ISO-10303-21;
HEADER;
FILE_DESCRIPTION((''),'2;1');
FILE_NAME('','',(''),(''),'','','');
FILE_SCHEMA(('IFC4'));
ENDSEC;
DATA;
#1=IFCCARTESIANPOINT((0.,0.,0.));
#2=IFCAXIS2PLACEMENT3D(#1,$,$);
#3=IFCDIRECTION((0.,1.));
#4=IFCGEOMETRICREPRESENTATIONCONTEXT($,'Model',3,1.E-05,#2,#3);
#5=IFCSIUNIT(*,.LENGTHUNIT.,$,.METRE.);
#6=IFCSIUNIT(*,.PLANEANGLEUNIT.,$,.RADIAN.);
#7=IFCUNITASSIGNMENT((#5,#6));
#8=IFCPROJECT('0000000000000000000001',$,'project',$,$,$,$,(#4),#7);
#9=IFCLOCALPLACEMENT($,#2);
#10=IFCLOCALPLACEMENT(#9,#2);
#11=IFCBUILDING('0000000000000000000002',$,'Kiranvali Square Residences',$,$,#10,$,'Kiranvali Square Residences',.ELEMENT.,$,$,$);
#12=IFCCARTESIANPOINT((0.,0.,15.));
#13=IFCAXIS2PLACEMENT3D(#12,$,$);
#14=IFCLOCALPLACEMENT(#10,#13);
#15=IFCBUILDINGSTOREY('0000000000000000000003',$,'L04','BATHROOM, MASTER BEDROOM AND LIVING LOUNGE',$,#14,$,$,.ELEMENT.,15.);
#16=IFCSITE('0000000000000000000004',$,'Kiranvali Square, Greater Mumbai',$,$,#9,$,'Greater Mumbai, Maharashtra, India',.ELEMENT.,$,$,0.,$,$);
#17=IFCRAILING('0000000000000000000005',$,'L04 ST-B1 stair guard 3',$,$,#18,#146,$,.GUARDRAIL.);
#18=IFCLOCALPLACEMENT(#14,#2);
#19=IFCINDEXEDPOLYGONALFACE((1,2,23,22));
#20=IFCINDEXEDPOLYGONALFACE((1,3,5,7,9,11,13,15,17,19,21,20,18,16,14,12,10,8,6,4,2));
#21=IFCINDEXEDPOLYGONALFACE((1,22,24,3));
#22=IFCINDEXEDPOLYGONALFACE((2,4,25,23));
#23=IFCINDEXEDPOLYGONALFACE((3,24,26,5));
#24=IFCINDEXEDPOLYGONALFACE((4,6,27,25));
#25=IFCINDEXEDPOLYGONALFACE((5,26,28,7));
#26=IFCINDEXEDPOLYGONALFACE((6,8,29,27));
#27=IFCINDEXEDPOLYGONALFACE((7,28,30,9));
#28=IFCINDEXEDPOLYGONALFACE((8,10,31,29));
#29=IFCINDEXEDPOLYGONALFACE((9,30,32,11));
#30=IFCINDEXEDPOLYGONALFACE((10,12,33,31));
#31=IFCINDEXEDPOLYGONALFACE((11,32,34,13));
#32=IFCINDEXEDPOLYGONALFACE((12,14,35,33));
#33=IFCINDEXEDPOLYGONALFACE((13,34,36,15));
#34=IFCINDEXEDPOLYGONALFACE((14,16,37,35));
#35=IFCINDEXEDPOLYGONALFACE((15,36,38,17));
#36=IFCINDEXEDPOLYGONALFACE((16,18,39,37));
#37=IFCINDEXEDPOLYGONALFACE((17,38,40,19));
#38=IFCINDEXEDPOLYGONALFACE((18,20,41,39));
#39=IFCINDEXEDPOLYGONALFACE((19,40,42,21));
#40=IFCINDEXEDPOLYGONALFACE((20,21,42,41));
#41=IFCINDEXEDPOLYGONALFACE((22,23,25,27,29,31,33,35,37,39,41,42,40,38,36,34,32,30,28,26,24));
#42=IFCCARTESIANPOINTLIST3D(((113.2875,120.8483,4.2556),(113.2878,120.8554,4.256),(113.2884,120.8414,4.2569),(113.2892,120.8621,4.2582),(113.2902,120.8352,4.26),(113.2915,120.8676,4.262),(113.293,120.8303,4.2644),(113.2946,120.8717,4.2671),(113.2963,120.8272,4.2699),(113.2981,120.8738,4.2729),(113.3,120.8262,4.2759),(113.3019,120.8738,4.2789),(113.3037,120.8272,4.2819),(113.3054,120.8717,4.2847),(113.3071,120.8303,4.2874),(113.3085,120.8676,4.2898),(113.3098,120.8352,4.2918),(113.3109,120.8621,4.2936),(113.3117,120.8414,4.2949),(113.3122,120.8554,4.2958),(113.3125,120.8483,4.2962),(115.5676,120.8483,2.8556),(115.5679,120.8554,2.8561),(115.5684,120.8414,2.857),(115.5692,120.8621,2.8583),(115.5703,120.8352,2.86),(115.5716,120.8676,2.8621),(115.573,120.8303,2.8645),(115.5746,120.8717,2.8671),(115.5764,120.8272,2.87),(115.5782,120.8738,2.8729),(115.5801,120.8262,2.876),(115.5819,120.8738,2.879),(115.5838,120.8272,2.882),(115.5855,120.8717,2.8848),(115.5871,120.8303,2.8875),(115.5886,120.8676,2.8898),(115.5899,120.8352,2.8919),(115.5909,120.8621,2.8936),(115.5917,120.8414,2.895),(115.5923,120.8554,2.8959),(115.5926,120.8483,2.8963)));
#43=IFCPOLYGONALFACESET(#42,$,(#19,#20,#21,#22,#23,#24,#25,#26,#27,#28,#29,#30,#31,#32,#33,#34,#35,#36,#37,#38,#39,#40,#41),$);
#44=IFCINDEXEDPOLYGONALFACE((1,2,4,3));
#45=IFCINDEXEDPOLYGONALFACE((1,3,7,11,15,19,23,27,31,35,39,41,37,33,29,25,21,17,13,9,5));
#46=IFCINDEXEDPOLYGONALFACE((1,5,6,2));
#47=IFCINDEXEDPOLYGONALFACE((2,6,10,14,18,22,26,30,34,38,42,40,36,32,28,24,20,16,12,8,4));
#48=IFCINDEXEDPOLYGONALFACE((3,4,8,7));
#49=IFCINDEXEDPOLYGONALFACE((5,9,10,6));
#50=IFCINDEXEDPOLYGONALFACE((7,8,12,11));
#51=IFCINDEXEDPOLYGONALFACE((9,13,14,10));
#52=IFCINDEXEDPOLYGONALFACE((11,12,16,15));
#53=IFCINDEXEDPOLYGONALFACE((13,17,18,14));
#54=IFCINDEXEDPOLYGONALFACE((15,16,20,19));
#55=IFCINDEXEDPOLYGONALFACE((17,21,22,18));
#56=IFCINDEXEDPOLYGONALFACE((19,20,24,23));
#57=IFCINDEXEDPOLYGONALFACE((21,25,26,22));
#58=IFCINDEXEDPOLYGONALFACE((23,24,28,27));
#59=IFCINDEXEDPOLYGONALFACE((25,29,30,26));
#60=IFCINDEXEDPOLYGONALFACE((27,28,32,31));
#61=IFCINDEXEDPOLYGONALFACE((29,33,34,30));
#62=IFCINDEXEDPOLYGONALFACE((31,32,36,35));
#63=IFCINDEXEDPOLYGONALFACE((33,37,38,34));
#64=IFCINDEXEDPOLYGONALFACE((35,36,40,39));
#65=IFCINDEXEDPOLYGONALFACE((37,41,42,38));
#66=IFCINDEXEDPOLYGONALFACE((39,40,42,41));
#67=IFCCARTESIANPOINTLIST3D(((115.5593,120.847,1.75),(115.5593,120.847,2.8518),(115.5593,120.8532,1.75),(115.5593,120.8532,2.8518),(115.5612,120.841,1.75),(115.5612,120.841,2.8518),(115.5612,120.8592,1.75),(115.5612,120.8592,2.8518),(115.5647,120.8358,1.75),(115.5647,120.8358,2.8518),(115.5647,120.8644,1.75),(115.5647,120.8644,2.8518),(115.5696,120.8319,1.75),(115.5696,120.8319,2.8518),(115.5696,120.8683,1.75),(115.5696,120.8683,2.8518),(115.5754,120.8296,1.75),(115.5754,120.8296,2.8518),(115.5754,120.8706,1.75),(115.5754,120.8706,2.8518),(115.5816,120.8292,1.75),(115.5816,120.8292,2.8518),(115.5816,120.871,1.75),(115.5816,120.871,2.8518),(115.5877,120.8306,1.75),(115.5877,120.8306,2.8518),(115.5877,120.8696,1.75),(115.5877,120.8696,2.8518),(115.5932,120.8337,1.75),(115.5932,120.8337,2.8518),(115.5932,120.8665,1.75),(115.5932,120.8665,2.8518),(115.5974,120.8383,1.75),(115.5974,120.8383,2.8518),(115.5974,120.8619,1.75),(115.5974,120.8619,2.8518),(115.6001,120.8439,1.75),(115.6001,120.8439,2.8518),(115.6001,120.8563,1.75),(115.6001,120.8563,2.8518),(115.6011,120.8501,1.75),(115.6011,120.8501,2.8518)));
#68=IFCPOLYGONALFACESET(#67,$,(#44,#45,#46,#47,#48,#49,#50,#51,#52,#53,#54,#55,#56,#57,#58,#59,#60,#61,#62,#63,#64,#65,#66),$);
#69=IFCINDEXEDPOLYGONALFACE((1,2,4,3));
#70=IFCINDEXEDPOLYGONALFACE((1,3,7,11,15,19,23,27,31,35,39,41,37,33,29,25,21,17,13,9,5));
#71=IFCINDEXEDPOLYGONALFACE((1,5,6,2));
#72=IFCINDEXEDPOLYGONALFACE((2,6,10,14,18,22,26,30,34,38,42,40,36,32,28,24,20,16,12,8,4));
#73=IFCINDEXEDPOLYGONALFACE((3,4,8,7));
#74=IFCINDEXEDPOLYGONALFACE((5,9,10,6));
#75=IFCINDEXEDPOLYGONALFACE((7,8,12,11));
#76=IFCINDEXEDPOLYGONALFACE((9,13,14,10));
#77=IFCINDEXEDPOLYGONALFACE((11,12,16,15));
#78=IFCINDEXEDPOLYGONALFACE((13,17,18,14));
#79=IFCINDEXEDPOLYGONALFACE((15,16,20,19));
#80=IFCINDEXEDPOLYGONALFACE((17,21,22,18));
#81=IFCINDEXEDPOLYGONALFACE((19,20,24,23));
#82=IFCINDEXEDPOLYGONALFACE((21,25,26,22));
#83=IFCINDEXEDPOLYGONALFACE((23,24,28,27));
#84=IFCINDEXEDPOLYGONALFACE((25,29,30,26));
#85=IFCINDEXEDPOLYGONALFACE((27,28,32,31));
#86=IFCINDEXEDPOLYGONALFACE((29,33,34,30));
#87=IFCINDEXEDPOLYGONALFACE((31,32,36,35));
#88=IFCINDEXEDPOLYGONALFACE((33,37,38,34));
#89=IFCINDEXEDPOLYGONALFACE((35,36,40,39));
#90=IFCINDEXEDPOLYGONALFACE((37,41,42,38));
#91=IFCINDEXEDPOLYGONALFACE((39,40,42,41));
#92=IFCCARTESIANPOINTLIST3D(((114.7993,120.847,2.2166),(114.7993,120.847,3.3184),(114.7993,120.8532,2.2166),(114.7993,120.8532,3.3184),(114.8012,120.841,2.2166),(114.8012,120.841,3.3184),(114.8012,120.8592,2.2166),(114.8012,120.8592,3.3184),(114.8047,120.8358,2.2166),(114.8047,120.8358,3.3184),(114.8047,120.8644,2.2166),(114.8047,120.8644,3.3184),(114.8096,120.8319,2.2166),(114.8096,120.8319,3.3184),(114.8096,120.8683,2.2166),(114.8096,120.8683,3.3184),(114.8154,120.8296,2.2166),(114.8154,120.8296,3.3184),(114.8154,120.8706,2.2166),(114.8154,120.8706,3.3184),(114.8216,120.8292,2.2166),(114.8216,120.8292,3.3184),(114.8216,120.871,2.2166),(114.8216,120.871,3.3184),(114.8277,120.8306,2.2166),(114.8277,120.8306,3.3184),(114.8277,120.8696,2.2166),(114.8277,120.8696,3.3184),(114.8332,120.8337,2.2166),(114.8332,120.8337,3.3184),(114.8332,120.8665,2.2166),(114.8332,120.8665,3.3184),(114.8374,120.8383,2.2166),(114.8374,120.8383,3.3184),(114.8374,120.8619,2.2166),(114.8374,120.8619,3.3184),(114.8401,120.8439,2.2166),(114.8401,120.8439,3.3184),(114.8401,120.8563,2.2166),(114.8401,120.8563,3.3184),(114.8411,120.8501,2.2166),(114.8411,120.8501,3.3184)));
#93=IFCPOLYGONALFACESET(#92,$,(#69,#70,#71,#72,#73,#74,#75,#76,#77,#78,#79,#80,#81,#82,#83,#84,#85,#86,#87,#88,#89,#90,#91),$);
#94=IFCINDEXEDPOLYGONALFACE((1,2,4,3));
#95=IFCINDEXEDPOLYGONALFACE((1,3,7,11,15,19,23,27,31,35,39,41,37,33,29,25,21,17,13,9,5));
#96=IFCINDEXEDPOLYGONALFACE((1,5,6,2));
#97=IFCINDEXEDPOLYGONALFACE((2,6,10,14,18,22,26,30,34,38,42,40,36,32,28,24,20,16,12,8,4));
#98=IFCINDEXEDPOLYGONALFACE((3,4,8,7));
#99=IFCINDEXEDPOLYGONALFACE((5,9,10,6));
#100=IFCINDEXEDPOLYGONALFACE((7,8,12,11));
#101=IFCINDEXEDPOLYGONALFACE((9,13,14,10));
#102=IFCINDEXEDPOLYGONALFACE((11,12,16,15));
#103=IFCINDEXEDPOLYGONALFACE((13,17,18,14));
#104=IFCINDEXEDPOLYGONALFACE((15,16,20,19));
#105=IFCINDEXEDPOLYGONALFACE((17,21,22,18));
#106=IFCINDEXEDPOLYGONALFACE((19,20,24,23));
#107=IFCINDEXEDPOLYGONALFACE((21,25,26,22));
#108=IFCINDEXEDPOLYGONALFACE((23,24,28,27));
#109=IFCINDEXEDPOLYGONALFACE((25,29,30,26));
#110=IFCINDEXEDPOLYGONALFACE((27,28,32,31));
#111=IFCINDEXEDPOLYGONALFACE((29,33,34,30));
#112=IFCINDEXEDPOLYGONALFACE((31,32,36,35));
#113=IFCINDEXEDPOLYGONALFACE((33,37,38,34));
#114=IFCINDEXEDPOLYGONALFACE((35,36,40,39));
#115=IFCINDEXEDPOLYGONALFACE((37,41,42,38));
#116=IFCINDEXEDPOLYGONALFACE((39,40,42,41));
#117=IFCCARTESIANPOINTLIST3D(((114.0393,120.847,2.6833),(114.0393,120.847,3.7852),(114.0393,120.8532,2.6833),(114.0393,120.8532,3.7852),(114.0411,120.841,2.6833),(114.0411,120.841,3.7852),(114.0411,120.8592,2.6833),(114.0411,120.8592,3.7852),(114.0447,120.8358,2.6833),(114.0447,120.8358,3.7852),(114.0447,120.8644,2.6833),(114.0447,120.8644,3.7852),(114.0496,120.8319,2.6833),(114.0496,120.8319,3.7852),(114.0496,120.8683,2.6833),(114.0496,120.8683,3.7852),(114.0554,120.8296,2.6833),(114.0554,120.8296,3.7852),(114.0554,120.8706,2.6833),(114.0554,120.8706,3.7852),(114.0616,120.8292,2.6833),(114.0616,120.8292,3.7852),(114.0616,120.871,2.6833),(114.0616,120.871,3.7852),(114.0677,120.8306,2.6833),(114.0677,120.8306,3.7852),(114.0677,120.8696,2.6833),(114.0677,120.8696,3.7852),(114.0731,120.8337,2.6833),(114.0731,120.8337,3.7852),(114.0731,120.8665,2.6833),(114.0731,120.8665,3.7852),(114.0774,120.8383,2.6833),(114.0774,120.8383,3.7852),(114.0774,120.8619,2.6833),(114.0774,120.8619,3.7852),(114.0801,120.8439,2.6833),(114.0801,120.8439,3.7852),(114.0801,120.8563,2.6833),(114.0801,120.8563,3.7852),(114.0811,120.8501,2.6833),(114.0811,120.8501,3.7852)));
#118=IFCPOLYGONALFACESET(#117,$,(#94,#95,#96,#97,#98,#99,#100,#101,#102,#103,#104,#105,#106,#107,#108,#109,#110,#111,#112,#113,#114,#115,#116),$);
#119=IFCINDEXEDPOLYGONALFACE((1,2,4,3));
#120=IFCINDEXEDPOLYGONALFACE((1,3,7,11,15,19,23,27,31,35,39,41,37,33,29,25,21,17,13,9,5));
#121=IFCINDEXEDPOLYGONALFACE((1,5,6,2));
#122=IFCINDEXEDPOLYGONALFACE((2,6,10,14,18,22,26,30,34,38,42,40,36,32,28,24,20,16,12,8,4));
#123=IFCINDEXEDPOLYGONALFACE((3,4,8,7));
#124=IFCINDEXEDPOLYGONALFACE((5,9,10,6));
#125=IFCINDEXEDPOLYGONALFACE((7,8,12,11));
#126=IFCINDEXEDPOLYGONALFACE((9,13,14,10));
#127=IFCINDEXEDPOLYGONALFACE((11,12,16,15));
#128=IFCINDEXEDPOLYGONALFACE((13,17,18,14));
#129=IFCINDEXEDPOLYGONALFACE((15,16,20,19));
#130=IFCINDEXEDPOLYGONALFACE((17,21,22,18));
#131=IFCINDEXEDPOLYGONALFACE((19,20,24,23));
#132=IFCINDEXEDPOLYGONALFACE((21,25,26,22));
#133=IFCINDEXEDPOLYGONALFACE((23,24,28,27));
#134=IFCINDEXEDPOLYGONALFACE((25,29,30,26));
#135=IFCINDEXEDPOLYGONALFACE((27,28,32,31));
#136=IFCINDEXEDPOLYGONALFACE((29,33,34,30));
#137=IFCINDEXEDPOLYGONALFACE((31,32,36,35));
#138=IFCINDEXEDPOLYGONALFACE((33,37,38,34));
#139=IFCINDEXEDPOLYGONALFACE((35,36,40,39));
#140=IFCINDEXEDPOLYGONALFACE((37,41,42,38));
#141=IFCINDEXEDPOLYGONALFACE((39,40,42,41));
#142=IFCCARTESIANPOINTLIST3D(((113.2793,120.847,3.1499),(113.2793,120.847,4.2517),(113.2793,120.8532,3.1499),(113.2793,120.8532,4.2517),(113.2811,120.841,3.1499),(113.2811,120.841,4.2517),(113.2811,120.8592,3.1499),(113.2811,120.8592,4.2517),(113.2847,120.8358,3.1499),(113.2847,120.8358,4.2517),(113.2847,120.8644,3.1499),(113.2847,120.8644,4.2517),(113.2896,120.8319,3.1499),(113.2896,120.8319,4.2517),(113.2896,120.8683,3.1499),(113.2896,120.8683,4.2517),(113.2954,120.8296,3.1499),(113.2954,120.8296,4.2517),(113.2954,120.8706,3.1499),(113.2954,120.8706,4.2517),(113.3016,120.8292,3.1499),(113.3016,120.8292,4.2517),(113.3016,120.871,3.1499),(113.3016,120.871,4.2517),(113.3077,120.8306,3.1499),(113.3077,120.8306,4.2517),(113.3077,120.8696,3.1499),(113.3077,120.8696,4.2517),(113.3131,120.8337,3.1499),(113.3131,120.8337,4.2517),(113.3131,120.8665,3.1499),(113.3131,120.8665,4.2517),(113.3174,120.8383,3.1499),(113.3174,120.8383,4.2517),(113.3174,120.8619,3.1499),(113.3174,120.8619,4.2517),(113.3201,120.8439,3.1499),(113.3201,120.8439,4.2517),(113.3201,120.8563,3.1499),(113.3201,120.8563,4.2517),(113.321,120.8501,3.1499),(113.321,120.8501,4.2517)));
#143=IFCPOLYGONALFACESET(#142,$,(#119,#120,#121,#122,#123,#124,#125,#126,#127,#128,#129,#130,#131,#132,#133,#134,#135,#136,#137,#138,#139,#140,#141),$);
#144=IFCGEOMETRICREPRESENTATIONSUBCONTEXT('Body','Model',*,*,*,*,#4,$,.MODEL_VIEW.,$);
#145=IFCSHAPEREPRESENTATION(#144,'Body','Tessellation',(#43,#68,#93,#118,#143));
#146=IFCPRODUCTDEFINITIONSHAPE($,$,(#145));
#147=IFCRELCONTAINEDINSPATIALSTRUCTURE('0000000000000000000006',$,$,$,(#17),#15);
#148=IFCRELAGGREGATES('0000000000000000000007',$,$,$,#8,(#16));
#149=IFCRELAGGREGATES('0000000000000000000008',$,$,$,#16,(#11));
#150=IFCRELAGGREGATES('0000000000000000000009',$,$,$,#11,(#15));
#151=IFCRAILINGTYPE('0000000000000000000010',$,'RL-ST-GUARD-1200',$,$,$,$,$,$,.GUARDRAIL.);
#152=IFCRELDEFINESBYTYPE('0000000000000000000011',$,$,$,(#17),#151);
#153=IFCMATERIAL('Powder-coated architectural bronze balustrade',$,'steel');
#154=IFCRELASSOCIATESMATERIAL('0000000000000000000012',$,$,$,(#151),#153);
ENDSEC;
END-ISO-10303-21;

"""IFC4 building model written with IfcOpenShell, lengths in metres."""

from ifc_helpers import new_model, si_unit, direction, frame, origin, origin_2d, place, context, subcontext, project, spatial, circle, extrude, material, type_object, element, save


model = new_model("IFC4")

# Units and contexts
model_context = context("Model", 3, precision=1e-05, world=origin(), true_north=direction((0.0, 1.0)))
body_context = subcontext(model_context, "Body", "Model", "MODEL_VIEW")
ifc_project = project(units=[si_unit("LENGTHUNIT", "METRE"), si_unit("PLANEANGLEUNIT", "RADIAN")], contexts=[model_context])

# Site, building, storey
site_placement = place(None, origin())
site = spatial("IfcSite", under=ifc_project, at=site_placement, Name="Kiranvali Square, Greater Mumbai", LongName="Greater Mumbai, Maharashtra, India", CompositionType="ELEMENT", RefElevation=0.0)
building_placement = place(site_placement, origin())
building = spatial("IfcBuilding", under=site, at=building_placement, Name="Kiranvali Square Residences", LongName="Kiranvali Square Residences", CompositionType="ELEMENT")
storey_placement = place(building_placement, frame((0.0, 0.0, 15.0)))
storey = spatial("IfcBuildingStorey", under=building, at=storey_placement, Name="L04", Description="BATHROOM, MASTER BEDROOM AND LIVING LOUNGE", CompositionType="ELEMENT", Elevation=15.0)

# Railing
ifc_material_1 = material(Name="Powder-coated architectural bronze balustrade", Category="steel")
railing_type_1 = type_object("IfcRailingType", Name="RL-ST-GUARD-1200", PredefinedType="GUARDRAIL", material=ifc_material_1)
railing_1_placement = place(storey_placement, frame((115.5801, 120.8501, 1.75)))
element("IfcRailing", 1, at=railing_1_placement, inside=storey, type_object=railing_type_1, Name="L04 ST-B1 stair guard 3", PredefinedType="GUARDRAIL", context=body_context, shape_type="SweptSolid", body=[
    extrude(circle(Radius=0.0239, at=origin_2d()), frame((0.0, 0.0, 1.126), z_axis=(-0.85219, 0.0, 0.523232), x_axis=(0.0, -1.0, 0.0)), (0.0, 0.0, 1.0), 2.6755),
    extrude(circle(Radius=0.021, at=origin_2d()), origin(), (0.0, 0.0, 1.0), 1.1018),
    extrude(circle(Radius=0.021, at=origin_2d()), frame((-0.76, 0.0, 0.4666)), (0.0, 0.0, 1.0), 1.1018),
    extrude(circle(Radius=0.021, at=origin_2d()), frame((-1.52, 0.0, 0.9333)), (0.0, 0.0, 1.0), 1.1018),
    extrude(circle(Radius=0.021, at=origin_2d()), frame((-2.28, 0.0, 1.3999)), (0.0, 0.0, 1.0), 1.1018),
])

save(model, "model.ifc")
